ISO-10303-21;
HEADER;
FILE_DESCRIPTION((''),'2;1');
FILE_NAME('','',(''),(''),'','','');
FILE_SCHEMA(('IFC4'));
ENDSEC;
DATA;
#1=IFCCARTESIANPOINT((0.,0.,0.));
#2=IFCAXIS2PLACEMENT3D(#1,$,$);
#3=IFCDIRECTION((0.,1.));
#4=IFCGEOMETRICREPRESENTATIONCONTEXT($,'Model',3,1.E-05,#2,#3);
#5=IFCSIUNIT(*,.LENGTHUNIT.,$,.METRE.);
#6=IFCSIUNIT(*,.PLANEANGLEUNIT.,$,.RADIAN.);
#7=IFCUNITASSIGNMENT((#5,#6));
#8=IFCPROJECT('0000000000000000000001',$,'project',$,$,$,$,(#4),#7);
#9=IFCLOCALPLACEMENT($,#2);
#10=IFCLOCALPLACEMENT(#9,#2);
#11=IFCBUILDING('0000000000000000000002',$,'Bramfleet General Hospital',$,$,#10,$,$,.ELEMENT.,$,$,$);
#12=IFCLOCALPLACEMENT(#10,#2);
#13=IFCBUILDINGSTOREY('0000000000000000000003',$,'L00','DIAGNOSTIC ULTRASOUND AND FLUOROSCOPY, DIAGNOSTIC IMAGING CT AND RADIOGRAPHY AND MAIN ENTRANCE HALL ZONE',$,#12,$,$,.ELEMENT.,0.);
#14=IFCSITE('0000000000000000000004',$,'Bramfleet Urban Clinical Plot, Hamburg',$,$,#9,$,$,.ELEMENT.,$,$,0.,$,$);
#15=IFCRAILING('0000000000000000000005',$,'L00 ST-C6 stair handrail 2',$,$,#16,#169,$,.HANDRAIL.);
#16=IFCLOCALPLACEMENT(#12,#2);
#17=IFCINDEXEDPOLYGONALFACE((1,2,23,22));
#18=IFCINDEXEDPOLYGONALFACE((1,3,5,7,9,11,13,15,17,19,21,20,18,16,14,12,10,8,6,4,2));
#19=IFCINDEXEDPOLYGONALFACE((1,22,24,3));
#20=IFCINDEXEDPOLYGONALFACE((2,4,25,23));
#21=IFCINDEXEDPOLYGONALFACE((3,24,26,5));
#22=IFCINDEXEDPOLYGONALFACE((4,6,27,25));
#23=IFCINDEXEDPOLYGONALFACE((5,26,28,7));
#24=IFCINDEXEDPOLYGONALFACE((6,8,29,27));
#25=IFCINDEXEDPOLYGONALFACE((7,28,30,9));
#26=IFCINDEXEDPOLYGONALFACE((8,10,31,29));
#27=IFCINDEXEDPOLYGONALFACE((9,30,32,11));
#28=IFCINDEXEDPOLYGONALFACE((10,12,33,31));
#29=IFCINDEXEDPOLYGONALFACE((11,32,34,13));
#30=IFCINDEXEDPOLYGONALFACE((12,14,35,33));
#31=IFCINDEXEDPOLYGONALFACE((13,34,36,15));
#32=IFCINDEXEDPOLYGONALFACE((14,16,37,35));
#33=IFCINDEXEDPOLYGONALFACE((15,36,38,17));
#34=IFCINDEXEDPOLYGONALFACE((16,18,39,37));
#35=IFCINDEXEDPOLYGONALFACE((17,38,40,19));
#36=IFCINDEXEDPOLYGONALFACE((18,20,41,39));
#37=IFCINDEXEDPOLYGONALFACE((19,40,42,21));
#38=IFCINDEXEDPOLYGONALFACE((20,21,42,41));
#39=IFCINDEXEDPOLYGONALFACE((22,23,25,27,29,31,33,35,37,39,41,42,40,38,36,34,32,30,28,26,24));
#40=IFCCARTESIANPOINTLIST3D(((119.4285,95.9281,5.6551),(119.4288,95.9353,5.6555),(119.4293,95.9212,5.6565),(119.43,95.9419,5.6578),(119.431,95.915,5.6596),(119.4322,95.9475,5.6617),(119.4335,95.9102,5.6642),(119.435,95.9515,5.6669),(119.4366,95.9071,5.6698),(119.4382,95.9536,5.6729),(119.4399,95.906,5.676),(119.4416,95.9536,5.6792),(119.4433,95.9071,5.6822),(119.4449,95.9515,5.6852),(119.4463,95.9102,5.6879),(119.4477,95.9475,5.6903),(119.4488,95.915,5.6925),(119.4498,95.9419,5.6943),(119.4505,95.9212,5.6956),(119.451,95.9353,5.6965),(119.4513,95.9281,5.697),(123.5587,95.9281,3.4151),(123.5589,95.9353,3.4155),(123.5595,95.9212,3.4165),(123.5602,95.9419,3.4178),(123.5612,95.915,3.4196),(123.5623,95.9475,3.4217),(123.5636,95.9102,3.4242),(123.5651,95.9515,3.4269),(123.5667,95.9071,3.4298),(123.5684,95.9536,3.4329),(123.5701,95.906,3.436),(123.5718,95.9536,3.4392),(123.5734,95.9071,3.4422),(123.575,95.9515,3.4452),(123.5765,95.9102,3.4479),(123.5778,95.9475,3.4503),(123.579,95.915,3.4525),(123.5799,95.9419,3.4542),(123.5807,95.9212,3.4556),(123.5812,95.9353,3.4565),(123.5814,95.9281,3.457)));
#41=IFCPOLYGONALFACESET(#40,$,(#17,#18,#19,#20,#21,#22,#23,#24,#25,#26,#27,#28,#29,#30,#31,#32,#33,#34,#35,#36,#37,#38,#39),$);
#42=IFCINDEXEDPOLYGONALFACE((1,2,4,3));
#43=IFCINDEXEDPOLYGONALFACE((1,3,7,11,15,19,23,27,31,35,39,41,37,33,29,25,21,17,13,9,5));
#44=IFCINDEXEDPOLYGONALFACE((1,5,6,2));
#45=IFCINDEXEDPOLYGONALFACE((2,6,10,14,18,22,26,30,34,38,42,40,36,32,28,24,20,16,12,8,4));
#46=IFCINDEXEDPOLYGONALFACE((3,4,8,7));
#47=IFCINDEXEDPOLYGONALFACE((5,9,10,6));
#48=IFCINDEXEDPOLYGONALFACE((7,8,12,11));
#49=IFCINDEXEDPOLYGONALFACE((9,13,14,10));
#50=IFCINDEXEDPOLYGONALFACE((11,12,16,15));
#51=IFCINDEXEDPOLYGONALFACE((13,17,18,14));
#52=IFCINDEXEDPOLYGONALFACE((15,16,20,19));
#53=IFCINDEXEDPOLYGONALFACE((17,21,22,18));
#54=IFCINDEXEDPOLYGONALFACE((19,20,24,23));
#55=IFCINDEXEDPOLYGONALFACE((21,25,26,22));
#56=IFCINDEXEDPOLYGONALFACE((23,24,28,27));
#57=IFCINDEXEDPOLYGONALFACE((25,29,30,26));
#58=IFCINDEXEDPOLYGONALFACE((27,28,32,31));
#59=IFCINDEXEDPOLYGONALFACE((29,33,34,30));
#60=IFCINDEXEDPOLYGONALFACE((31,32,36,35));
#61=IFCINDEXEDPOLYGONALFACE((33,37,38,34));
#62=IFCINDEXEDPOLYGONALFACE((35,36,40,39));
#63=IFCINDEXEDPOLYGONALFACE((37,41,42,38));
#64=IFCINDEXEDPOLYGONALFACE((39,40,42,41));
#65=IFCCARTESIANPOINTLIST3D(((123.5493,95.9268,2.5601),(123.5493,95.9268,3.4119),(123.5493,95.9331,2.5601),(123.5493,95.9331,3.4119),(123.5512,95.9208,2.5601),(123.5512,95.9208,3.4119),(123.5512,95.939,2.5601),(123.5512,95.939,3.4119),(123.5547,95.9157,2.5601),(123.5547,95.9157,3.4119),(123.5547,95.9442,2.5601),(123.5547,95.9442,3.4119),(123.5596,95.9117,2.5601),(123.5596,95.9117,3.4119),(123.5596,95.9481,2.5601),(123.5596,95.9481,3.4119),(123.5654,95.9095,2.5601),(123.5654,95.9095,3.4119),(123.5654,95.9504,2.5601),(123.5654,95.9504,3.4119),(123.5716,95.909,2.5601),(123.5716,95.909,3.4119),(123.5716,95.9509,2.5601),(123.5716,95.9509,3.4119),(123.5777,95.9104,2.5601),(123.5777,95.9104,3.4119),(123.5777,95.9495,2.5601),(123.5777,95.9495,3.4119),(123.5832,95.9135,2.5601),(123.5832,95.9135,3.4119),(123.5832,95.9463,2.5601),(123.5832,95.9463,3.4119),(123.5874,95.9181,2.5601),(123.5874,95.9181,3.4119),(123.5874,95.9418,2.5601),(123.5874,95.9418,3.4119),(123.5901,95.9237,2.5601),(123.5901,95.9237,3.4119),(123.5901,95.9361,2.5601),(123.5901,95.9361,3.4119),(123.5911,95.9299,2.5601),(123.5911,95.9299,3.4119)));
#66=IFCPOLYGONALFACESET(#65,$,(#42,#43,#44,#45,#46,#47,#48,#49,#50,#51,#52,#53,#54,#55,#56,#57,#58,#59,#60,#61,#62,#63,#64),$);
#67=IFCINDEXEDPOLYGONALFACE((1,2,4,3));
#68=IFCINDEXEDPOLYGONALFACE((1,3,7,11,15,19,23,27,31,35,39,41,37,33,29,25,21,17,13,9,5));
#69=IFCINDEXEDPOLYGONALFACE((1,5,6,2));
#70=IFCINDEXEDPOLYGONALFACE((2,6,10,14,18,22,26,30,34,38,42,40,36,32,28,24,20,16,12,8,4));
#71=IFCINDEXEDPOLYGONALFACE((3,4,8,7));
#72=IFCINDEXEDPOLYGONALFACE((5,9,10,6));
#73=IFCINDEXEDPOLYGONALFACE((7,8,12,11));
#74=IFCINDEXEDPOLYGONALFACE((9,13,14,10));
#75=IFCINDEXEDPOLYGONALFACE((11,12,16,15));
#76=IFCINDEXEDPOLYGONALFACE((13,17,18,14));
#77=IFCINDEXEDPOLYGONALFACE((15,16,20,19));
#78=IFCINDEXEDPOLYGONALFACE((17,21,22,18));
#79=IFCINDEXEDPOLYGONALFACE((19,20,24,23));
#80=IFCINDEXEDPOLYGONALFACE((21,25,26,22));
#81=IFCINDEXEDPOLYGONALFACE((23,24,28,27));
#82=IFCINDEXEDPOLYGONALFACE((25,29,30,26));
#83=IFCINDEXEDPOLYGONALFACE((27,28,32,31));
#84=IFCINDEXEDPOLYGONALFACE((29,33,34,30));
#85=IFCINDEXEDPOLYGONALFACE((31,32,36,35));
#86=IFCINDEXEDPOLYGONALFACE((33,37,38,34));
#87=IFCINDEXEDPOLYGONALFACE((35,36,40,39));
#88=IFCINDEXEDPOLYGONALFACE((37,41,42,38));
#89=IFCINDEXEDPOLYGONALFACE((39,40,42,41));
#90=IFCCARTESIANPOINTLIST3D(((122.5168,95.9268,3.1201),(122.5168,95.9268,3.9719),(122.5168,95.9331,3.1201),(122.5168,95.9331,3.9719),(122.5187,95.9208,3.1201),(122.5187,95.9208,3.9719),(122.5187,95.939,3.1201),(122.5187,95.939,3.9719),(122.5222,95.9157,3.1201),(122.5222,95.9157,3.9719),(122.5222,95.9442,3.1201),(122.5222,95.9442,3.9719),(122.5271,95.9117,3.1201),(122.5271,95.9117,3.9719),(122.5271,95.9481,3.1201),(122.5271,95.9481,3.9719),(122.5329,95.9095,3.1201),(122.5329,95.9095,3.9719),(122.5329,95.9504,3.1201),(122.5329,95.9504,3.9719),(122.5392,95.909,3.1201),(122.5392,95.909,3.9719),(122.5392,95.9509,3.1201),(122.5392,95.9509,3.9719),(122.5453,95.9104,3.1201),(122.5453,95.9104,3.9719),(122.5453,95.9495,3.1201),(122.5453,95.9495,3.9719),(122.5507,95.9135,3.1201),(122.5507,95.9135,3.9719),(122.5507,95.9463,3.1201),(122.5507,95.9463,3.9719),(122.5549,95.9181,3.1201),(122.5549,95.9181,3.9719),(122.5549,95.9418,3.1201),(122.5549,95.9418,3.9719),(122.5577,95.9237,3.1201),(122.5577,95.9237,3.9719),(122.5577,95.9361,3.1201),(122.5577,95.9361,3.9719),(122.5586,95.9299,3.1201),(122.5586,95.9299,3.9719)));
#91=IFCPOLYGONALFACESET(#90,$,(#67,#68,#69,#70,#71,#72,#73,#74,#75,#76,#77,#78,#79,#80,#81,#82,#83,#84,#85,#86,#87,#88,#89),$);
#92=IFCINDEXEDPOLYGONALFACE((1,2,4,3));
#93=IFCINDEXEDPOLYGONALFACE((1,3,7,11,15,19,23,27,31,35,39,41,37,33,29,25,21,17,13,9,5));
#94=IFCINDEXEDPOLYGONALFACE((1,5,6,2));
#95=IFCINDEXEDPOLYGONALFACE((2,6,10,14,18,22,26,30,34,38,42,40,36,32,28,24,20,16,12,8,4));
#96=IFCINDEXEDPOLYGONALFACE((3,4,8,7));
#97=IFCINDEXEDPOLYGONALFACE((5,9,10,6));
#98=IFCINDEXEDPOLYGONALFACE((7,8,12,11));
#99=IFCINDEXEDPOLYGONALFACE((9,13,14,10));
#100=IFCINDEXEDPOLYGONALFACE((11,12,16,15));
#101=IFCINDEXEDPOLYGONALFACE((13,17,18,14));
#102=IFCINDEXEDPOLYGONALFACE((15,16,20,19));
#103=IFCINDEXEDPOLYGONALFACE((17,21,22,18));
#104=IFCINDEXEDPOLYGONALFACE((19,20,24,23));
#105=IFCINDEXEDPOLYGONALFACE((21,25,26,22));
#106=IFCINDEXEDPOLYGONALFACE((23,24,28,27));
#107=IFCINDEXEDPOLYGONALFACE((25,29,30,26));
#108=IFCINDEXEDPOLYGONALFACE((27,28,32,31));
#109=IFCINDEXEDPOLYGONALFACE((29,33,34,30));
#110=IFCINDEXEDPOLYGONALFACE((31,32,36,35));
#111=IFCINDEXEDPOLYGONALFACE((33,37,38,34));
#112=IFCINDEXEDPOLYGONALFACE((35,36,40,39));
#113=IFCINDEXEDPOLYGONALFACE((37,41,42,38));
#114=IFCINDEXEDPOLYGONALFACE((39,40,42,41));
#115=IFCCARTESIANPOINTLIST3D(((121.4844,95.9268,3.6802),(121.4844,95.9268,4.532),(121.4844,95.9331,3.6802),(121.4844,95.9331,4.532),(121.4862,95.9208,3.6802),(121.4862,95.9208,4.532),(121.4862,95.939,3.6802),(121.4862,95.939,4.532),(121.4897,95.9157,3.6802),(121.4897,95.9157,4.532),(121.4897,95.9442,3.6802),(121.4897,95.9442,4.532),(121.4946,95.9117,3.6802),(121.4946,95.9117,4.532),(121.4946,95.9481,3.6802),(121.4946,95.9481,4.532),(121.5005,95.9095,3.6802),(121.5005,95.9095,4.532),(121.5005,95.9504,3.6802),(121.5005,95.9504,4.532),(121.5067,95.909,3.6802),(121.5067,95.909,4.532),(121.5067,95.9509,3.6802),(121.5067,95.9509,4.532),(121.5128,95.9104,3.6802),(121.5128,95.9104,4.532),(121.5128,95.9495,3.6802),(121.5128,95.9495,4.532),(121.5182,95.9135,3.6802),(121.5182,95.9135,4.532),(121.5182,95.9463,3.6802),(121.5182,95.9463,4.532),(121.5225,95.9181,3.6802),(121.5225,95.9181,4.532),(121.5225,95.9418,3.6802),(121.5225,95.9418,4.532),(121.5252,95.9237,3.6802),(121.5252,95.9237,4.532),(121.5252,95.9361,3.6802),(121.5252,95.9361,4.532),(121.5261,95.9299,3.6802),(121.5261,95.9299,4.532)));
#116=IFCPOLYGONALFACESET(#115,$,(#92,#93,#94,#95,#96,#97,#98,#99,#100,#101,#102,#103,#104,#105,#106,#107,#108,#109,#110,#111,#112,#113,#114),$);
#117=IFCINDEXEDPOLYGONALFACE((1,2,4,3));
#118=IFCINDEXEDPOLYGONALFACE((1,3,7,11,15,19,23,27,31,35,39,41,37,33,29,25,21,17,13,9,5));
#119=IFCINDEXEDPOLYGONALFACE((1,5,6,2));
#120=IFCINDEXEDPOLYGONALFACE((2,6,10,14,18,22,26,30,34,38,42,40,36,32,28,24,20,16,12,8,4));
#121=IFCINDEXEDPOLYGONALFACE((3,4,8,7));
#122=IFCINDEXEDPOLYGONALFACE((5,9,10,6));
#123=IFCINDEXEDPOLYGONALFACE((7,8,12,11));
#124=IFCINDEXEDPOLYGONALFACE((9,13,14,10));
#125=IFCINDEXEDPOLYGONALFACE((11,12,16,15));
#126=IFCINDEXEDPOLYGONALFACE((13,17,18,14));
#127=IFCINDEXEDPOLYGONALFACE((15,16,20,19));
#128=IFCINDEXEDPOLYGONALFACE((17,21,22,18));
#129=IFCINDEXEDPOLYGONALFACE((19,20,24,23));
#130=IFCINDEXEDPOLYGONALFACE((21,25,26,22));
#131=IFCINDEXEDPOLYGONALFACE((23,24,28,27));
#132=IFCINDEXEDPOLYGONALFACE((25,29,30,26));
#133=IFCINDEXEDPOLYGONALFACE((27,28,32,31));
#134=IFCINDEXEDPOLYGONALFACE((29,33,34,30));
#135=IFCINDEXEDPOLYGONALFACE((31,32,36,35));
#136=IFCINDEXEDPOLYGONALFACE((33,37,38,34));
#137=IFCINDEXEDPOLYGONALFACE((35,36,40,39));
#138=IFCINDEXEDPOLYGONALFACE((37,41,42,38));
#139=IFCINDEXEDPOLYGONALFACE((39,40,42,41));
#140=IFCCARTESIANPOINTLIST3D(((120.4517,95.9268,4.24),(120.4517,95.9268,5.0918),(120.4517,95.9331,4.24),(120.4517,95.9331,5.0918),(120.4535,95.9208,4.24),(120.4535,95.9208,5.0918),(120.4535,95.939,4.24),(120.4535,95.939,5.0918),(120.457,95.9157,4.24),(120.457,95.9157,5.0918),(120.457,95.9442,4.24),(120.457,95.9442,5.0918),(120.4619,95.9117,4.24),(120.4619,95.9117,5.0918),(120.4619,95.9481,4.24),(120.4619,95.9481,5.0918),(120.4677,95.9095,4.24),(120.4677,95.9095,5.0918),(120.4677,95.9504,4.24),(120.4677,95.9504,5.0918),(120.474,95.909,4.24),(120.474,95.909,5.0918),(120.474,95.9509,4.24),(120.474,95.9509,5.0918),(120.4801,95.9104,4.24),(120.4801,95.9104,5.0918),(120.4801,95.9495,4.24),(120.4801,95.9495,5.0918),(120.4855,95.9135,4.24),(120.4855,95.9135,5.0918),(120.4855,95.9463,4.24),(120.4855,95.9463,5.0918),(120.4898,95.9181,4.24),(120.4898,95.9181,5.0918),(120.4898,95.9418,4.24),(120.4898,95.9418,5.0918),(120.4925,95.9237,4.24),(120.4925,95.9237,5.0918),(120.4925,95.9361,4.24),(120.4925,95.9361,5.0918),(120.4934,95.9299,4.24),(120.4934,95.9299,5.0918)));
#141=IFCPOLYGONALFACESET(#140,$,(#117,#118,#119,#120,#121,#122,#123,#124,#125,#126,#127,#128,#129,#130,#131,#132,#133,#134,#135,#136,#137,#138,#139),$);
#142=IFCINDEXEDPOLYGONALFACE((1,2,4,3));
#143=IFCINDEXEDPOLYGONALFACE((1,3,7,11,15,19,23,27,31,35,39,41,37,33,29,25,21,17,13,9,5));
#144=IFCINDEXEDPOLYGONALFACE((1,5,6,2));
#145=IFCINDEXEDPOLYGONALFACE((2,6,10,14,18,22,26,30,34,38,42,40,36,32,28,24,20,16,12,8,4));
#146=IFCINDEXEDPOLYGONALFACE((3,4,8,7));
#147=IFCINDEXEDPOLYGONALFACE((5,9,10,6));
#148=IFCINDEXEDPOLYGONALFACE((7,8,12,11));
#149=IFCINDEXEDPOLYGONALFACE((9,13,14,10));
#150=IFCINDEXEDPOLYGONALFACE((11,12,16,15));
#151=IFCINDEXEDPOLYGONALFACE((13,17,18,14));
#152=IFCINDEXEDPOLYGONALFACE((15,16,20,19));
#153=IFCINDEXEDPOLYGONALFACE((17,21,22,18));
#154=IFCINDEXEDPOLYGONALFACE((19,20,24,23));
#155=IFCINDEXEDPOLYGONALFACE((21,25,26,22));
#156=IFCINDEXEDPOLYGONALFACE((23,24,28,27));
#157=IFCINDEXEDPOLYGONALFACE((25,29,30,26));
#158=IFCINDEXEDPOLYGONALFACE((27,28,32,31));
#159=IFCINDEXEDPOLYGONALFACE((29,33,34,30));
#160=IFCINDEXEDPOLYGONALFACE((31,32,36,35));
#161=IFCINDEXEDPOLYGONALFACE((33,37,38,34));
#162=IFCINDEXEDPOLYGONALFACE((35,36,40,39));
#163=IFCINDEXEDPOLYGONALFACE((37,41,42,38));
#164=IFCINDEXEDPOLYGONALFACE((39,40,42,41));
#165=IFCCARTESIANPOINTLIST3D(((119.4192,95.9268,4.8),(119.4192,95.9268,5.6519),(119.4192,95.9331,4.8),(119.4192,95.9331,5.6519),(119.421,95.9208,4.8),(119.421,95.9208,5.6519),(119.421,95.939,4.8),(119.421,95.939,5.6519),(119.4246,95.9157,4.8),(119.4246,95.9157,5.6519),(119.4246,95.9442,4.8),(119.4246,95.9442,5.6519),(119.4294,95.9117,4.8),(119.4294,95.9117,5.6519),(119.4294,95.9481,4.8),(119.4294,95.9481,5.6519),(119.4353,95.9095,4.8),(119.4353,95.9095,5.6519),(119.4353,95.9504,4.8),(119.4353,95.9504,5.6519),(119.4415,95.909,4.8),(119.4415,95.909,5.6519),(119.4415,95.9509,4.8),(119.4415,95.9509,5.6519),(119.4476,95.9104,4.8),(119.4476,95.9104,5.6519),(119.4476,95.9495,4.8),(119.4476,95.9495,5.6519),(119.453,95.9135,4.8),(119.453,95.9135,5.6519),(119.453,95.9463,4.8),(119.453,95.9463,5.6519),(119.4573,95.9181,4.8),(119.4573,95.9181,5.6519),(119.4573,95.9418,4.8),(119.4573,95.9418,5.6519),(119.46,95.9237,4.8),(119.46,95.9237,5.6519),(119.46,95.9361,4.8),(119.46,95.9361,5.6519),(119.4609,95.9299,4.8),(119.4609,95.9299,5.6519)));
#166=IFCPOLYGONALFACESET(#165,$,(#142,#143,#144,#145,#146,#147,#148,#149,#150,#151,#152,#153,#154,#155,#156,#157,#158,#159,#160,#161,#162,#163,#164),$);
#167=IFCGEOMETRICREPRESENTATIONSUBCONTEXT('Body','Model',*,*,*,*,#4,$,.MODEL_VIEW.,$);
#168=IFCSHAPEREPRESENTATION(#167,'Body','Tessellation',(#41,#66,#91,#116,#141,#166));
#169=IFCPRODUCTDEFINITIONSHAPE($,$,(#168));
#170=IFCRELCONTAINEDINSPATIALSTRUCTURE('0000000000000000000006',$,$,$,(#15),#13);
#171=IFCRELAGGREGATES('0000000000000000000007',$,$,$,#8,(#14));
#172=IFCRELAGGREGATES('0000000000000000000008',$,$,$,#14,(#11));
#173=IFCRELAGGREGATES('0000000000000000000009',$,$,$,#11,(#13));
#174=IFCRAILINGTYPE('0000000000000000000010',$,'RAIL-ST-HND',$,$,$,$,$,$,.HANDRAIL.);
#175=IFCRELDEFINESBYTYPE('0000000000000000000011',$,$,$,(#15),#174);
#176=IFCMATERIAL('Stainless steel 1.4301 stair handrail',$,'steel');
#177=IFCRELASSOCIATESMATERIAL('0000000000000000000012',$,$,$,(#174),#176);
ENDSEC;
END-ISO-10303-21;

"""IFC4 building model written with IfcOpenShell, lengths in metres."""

from ifc_helpers import new_model, si_unit, direction, frame, origin, origin_2d, place, context, subcontext, project, spatial, circle, extrude, material, type_object, element, save


model = new_model("IFC4")

# Units and contexts
model_context = context("Model", 3, precision=1e-05, world=origin(), true_north=direction((0.0, 1.0)))
body_context = subcontext(model_context, "Body", "Model", "MODEL_VIEW")
ifc_project = project(units=[si_unit("LENGTHUNIT", "METRE"), si_unit("PLANEANGLEUNIT", "RADIAN")], contexts=[model_context])

# Site, building, storey
site_placement = place(None, origin())
site = spatial("IfcSite", under=ifc_project, at=site_placement, Name="Bramfleet Urban Clinical Plot, Hamburg", CompositionType="ELEMENT", RefElevation=0.0)
building_placement = place(site_placement, origin())
building = spatial("IfcBuilding", under=site, at=building_placement, Name="Bramfleet General Hospital", CompositionType="ELEMENT")
storey_placement = place(building_placement, origin())
storey = spatial("IfcBuildingStorey", under=building, at=storey_placement, Name="L00", Description="DIAGNOSTIC ULTRASOUND AND FLUOROSCOPY, DIAGNOSTIC IMAGING CT AND RADIOGRAPHY AND MAIN ENTRANCE HALL ZONE", CompositionType="ELEMENT", Elevation=0.0)

# Railing
ifc_material_1 = material(Name="Stainless steel 1.4301 stair handrail", Category="steel")
railing_type_1 = type_object("IfcRailingType", Name="RAIL-ST-HND", PredefinedType="HANDRAIL", material=ifc_material_1)
railing_1_placement = place(storey_placement, frame((123.5701, 95.9299, 2.5601)))
element("IfcRailing", 1, at=railing_1_placement, inside=storey, type_object=railing_type_1, Name="L00 ST-C6 stair handrail 2", PredefinedType="HANDRAIL", context=body_context, shape_type="SweptSolid", body=[
    extrude(circle(Radius=0.0239, at=origin_2d()), frame((0.0, 0.0, 0.876), z_axis=(-0.879039, 0.0, 0.47675), x_axis=(0.0, -1.0, 0.0)), (0.0, 0.0, 1.0), 4.6985),
    extrude(circle(Radius=0.021, at=origin_2d()), origin(), (0.0, 0.0, 1.0), 0.8518),
    extrude(circle(Radius=0.021, at=origin_2d()), frame((-1.0325, 0.0, 0.5601)), (0.0, 0.0, 1.0), 0.8518),
    extrude(circle(Radius=0.021, at=origin_2d()), frame((-2.0649, 0.0, 1.1201)), (0.0, 0.0, 1.0), 0.8518),
    extrude(circle(Radius=0.021, at=origin_2d()), frame((-3.0977, 0.0, 1.6799)), (0.0, 0.0, 1.0), 0.8518),
    extrude(circle(Radius=0.021, at=origin_2d()), frame((-4.1301, 0.0, 2.24)), (0.0, 0.0, 1.0), 0.8518),
])

save(model, "model.ifc")
